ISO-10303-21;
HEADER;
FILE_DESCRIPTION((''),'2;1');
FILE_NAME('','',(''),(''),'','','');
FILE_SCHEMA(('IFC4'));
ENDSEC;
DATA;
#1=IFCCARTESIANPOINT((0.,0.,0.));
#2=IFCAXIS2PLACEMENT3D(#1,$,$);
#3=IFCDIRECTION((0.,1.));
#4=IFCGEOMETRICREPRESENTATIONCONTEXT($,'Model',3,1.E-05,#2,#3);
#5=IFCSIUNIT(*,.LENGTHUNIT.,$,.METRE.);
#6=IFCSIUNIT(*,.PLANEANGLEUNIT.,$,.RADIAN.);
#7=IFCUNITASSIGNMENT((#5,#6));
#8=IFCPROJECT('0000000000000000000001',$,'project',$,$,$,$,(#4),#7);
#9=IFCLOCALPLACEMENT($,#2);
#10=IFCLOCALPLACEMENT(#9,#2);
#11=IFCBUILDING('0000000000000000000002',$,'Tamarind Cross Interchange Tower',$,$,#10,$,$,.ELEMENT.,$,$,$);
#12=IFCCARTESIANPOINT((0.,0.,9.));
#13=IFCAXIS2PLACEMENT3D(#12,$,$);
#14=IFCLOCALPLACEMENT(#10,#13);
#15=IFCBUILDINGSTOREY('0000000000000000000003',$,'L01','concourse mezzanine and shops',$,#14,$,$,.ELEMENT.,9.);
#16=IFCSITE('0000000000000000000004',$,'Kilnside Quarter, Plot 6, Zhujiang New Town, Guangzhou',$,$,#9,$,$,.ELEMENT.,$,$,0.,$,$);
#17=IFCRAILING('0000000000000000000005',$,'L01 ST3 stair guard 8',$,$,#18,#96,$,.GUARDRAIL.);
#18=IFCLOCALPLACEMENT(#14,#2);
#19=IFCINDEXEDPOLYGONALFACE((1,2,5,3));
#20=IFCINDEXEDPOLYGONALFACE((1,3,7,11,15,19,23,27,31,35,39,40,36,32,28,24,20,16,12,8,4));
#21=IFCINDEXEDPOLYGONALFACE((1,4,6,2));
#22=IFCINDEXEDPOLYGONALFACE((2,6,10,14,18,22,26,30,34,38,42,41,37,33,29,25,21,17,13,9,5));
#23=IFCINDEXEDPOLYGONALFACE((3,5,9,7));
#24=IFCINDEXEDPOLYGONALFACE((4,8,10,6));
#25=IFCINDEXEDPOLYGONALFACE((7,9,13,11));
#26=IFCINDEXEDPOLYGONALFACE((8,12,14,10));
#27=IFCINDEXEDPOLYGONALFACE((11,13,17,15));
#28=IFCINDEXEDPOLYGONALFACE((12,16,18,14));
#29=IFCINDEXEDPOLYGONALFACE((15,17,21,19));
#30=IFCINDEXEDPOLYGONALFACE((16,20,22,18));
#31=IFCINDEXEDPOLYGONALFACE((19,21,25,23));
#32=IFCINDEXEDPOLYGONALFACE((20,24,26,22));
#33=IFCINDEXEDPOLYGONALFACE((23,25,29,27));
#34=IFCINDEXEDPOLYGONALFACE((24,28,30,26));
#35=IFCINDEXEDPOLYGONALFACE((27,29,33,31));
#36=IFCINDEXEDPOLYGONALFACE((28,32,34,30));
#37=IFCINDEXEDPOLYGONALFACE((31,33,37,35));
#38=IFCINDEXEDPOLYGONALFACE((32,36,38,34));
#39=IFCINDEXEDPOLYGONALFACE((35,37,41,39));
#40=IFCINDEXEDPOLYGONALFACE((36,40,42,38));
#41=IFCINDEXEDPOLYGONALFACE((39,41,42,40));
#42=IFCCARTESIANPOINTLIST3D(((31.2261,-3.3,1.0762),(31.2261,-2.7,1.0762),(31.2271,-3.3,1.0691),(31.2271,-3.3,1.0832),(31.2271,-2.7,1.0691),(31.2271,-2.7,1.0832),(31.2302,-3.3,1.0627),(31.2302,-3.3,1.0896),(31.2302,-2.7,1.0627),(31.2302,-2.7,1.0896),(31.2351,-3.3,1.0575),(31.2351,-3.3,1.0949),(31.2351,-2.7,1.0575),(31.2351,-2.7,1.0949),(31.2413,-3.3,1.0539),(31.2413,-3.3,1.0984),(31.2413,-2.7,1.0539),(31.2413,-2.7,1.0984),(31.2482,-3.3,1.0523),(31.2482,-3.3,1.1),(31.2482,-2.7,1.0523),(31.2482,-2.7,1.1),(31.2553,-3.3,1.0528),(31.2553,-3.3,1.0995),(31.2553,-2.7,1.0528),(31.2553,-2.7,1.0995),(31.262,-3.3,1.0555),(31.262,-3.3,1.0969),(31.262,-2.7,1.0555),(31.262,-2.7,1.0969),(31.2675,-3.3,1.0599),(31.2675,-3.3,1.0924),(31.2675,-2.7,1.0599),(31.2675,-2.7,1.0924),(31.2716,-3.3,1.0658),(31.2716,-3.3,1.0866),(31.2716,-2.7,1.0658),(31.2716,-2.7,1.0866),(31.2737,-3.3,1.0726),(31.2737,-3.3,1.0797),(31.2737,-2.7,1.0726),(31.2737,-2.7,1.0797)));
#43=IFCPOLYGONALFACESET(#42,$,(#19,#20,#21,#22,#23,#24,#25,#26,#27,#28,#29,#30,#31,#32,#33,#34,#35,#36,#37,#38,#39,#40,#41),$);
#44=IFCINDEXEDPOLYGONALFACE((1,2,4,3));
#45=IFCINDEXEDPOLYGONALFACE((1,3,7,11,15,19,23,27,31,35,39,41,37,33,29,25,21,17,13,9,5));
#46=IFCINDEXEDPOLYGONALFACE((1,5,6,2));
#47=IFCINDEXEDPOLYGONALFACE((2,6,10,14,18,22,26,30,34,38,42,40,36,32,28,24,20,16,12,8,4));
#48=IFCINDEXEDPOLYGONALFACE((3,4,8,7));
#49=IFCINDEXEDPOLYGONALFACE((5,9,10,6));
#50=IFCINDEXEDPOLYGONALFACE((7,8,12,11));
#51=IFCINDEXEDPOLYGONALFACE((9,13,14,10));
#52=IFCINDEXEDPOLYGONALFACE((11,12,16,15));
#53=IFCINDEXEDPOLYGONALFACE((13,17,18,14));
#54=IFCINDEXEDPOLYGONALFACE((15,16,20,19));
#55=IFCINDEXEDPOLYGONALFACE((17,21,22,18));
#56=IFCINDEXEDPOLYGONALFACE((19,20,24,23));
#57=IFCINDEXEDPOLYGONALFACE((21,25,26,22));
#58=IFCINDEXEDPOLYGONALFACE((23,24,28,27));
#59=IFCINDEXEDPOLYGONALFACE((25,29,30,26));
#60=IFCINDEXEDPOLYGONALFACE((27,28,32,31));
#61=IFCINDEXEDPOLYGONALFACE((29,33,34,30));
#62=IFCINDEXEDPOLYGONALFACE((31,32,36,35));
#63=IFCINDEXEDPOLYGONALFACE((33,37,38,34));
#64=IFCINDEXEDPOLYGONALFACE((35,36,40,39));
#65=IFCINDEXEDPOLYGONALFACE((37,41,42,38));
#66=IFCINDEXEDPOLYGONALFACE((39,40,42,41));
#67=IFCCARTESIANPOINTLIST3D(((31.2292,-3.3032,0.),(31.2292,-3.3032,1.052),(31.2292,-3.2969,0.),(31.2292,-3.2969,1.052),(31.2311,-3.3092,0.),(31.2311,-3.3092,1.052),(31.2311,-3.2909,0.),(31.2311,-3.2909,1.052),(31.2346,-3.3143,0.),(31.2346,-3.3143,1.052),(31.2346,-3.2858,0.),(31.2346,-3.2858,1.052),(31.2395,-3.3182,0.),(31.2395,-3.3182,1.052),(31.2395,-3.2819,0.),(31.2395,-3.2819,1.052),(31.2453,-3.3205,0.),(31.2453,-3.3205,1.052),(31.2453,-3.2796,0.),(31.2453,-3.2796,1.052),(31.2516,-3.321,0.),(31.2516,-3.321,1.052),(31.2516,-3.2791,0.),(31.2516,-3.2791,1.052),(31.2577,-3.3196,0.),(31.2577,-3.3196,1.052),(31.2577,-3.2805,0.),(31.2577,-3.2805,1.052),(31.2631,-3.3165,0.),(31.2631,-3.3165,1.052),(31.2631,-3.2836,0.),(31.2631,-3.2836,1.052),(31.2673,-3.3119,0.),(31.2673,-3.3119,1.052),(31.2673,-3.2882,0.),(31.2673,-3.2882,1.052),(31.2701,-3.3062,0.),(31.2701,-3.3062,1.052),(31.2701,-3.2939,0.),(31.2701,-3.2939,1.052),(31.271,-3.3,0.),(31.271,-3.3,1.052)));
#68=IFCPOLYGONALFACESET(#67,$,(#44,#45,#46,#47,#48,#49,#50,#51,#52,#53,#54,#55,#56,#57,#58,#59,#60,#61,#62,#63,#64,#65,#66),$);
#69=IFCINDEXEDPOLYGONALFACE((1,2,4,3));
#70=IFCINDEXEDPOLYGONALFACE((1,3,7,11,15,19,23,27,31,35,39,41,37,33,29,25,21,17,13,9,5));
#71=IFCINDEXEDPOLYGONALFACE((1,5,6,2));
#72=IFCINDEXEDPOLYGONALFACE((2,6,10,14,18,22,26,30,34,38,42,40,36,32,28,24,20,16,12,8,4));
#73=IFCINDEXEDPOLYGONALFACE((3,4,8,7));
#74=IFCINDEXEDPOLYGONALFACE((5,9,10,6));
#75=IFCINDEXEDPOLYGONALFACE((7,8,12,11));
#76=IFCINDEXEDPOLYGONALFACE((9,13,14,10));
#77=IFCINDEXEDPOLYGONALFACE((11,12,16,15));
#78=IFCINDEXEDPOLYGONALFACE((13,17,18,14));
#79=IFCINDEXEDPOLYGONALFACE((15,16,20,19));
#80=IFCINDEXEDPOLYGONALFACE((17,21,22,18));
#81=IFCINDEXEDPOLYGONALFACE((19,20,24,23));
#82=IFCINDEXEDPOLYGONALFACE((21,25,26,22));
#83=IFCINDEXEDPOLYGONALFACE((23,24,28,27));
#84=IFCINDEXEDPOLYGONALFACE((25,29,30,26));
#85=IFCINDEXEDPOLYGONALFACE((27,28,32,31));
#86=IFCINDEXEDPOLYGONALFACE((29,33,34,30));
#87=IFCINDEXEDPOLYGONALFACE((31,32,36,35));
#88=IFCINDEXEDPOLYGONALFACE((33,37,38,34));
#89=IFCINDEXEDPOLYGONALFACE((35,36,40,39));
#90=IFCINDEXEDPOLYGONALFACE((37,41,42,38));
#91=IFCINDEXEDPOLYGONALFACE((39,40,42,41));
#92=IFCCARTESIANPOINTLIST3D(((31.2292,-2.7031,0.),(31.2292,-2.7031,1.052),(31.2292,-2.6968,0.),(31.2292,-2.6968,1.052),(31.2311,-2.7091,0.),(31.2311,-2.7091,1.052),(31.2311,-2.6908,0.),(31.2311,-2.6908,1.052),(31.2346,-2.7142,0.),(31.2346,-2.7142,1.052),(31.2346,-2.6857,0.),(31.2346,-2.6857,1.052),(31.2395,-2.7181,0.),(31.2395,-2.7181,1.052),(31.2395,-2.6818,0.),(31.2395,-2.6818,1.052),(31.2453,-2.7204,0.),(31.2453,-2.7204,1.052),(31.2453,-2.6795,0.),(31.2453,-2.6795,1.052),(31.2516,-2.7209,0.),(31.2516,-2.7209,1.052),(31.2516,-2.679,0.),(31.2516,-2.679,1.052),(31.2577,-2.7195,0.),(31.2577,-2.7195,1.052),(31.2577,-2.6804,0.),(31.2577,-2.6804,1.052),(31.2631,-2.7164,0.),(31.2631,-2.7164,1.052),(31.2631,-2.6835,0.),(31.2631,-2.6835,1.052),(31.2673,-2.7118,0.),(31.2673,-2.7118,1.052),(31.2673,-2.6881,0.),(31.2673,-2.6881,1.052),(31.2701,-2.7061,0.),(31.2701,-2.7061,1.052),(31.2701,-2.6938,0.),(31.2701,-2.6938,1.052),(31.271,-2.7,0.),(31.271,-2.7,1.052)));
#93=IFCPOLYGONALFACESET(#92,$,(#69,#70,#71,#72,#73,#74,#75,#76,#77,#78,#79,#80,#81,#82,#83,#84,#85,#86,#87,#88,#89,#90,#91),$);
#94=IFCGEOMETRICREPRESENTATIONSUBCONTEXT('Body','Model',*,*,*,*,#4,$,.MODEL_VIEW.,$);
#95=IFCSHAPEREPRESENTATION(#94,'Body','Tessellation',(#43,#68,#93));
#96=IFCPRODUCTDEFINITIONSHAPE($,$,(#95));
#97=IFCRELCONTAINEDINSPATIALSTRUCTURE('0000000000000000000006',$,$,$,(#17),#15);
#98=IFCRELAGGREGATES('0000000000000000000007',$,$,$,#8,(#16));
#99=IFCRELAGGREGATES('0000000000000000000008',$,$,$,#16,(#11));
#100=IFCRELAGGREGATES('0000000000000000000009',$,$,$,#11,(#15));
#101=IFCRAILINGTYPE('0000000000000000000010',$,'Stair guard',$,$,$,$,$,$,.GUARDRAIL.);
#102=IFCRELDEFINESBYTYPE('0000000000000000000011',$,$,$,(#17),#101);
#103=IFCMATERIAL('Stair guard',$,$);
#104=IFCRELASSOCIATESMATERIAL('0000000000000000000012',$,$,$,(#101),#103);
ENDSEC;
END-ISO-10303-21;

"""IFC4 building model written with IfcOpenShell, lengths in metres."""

from ifc_helpers import new_model, si_unit, direction, frame, origin, origin_2d, place, context, subcontext, project, spatial, circle, extrude, material, type_object, element, save


model = new_model("IFC4")

# Units and contexts
model_context = context("Model", 3, precision=1e-05, world=origin(), true_north=direction((0.0, 1.0)))
body_context = subcontext(model_context, "Body", "Model", "MODEL_VIEW")
ifc_project = project(units=[si_unit("LENGTHUNIT", "METRE"), si_unit("PLANEANGLEUNIT", "RADIAN")], contexts=[model_context])

# Site, building, storey
site_placement = place(None, origin())
site = spatial("IfcSite", under=ifc_project, at=site_placement, Name="Kilnside Quarter, Plot 6, Zhujiang New Town, Guangzhou", CompositionType="ELEMENT", RefElevation=0.0)
building_placement = place(site_placement, origin())
building = spatial("IfcBuilding", under=site, at=building_placement, Name="Tamarind Cross Interchange Tower", CompositionType="ELEMENT")
storey_placement = place(building_placement, frame((0.0, 0.0, 9.0)))
storey = spatial("IfcBuildingStorey", under=building, at=storey_placement, Name="L01", Description="concourse mezzanine and shops", CompositionType="ELEMENT", Elevation=9.0)

# Railing
ifc_material_1 = material(Name="Stair guard")
railing_type_1 = type_object("IfcRailingType", Name="Stair guard", PredefinedType="GUARDRAIL", material=ifc_material_1)
railing_1_placement = place(storey_placement, frame((31.25, -3.3, 0.0)))
element("IfcRailing", 1, at=railing_1_placement, inside=storey, type_object=railing_type_1, Name="L01 ST3 stair guard 8", PredefinedType="GUARDRAIL", context=body_context, shape_type="SweptSolid", body=[
    extrude(circle(Radius=0.0239, at=origin_2d()), frame((0.0, 0.0, 1.0762), z_axis=(0.0, 1.0, 0.0), x_axis=(-1.0, 0.0, 0.0)), (0.0, 0.0, 1.0), 0.6001),
    extrude(circle(Radius=0.021, at=origin_2d()), origin(), (0.0, 0.0, 1.0), 1.052),
    extrude(circle(Radius=0.021, at=origin_2d()), frame((0.0, 0.6001, 0.0)), (0.0, 0.0, 1.0), 1.052),
])

save(model, "model.ifc")
